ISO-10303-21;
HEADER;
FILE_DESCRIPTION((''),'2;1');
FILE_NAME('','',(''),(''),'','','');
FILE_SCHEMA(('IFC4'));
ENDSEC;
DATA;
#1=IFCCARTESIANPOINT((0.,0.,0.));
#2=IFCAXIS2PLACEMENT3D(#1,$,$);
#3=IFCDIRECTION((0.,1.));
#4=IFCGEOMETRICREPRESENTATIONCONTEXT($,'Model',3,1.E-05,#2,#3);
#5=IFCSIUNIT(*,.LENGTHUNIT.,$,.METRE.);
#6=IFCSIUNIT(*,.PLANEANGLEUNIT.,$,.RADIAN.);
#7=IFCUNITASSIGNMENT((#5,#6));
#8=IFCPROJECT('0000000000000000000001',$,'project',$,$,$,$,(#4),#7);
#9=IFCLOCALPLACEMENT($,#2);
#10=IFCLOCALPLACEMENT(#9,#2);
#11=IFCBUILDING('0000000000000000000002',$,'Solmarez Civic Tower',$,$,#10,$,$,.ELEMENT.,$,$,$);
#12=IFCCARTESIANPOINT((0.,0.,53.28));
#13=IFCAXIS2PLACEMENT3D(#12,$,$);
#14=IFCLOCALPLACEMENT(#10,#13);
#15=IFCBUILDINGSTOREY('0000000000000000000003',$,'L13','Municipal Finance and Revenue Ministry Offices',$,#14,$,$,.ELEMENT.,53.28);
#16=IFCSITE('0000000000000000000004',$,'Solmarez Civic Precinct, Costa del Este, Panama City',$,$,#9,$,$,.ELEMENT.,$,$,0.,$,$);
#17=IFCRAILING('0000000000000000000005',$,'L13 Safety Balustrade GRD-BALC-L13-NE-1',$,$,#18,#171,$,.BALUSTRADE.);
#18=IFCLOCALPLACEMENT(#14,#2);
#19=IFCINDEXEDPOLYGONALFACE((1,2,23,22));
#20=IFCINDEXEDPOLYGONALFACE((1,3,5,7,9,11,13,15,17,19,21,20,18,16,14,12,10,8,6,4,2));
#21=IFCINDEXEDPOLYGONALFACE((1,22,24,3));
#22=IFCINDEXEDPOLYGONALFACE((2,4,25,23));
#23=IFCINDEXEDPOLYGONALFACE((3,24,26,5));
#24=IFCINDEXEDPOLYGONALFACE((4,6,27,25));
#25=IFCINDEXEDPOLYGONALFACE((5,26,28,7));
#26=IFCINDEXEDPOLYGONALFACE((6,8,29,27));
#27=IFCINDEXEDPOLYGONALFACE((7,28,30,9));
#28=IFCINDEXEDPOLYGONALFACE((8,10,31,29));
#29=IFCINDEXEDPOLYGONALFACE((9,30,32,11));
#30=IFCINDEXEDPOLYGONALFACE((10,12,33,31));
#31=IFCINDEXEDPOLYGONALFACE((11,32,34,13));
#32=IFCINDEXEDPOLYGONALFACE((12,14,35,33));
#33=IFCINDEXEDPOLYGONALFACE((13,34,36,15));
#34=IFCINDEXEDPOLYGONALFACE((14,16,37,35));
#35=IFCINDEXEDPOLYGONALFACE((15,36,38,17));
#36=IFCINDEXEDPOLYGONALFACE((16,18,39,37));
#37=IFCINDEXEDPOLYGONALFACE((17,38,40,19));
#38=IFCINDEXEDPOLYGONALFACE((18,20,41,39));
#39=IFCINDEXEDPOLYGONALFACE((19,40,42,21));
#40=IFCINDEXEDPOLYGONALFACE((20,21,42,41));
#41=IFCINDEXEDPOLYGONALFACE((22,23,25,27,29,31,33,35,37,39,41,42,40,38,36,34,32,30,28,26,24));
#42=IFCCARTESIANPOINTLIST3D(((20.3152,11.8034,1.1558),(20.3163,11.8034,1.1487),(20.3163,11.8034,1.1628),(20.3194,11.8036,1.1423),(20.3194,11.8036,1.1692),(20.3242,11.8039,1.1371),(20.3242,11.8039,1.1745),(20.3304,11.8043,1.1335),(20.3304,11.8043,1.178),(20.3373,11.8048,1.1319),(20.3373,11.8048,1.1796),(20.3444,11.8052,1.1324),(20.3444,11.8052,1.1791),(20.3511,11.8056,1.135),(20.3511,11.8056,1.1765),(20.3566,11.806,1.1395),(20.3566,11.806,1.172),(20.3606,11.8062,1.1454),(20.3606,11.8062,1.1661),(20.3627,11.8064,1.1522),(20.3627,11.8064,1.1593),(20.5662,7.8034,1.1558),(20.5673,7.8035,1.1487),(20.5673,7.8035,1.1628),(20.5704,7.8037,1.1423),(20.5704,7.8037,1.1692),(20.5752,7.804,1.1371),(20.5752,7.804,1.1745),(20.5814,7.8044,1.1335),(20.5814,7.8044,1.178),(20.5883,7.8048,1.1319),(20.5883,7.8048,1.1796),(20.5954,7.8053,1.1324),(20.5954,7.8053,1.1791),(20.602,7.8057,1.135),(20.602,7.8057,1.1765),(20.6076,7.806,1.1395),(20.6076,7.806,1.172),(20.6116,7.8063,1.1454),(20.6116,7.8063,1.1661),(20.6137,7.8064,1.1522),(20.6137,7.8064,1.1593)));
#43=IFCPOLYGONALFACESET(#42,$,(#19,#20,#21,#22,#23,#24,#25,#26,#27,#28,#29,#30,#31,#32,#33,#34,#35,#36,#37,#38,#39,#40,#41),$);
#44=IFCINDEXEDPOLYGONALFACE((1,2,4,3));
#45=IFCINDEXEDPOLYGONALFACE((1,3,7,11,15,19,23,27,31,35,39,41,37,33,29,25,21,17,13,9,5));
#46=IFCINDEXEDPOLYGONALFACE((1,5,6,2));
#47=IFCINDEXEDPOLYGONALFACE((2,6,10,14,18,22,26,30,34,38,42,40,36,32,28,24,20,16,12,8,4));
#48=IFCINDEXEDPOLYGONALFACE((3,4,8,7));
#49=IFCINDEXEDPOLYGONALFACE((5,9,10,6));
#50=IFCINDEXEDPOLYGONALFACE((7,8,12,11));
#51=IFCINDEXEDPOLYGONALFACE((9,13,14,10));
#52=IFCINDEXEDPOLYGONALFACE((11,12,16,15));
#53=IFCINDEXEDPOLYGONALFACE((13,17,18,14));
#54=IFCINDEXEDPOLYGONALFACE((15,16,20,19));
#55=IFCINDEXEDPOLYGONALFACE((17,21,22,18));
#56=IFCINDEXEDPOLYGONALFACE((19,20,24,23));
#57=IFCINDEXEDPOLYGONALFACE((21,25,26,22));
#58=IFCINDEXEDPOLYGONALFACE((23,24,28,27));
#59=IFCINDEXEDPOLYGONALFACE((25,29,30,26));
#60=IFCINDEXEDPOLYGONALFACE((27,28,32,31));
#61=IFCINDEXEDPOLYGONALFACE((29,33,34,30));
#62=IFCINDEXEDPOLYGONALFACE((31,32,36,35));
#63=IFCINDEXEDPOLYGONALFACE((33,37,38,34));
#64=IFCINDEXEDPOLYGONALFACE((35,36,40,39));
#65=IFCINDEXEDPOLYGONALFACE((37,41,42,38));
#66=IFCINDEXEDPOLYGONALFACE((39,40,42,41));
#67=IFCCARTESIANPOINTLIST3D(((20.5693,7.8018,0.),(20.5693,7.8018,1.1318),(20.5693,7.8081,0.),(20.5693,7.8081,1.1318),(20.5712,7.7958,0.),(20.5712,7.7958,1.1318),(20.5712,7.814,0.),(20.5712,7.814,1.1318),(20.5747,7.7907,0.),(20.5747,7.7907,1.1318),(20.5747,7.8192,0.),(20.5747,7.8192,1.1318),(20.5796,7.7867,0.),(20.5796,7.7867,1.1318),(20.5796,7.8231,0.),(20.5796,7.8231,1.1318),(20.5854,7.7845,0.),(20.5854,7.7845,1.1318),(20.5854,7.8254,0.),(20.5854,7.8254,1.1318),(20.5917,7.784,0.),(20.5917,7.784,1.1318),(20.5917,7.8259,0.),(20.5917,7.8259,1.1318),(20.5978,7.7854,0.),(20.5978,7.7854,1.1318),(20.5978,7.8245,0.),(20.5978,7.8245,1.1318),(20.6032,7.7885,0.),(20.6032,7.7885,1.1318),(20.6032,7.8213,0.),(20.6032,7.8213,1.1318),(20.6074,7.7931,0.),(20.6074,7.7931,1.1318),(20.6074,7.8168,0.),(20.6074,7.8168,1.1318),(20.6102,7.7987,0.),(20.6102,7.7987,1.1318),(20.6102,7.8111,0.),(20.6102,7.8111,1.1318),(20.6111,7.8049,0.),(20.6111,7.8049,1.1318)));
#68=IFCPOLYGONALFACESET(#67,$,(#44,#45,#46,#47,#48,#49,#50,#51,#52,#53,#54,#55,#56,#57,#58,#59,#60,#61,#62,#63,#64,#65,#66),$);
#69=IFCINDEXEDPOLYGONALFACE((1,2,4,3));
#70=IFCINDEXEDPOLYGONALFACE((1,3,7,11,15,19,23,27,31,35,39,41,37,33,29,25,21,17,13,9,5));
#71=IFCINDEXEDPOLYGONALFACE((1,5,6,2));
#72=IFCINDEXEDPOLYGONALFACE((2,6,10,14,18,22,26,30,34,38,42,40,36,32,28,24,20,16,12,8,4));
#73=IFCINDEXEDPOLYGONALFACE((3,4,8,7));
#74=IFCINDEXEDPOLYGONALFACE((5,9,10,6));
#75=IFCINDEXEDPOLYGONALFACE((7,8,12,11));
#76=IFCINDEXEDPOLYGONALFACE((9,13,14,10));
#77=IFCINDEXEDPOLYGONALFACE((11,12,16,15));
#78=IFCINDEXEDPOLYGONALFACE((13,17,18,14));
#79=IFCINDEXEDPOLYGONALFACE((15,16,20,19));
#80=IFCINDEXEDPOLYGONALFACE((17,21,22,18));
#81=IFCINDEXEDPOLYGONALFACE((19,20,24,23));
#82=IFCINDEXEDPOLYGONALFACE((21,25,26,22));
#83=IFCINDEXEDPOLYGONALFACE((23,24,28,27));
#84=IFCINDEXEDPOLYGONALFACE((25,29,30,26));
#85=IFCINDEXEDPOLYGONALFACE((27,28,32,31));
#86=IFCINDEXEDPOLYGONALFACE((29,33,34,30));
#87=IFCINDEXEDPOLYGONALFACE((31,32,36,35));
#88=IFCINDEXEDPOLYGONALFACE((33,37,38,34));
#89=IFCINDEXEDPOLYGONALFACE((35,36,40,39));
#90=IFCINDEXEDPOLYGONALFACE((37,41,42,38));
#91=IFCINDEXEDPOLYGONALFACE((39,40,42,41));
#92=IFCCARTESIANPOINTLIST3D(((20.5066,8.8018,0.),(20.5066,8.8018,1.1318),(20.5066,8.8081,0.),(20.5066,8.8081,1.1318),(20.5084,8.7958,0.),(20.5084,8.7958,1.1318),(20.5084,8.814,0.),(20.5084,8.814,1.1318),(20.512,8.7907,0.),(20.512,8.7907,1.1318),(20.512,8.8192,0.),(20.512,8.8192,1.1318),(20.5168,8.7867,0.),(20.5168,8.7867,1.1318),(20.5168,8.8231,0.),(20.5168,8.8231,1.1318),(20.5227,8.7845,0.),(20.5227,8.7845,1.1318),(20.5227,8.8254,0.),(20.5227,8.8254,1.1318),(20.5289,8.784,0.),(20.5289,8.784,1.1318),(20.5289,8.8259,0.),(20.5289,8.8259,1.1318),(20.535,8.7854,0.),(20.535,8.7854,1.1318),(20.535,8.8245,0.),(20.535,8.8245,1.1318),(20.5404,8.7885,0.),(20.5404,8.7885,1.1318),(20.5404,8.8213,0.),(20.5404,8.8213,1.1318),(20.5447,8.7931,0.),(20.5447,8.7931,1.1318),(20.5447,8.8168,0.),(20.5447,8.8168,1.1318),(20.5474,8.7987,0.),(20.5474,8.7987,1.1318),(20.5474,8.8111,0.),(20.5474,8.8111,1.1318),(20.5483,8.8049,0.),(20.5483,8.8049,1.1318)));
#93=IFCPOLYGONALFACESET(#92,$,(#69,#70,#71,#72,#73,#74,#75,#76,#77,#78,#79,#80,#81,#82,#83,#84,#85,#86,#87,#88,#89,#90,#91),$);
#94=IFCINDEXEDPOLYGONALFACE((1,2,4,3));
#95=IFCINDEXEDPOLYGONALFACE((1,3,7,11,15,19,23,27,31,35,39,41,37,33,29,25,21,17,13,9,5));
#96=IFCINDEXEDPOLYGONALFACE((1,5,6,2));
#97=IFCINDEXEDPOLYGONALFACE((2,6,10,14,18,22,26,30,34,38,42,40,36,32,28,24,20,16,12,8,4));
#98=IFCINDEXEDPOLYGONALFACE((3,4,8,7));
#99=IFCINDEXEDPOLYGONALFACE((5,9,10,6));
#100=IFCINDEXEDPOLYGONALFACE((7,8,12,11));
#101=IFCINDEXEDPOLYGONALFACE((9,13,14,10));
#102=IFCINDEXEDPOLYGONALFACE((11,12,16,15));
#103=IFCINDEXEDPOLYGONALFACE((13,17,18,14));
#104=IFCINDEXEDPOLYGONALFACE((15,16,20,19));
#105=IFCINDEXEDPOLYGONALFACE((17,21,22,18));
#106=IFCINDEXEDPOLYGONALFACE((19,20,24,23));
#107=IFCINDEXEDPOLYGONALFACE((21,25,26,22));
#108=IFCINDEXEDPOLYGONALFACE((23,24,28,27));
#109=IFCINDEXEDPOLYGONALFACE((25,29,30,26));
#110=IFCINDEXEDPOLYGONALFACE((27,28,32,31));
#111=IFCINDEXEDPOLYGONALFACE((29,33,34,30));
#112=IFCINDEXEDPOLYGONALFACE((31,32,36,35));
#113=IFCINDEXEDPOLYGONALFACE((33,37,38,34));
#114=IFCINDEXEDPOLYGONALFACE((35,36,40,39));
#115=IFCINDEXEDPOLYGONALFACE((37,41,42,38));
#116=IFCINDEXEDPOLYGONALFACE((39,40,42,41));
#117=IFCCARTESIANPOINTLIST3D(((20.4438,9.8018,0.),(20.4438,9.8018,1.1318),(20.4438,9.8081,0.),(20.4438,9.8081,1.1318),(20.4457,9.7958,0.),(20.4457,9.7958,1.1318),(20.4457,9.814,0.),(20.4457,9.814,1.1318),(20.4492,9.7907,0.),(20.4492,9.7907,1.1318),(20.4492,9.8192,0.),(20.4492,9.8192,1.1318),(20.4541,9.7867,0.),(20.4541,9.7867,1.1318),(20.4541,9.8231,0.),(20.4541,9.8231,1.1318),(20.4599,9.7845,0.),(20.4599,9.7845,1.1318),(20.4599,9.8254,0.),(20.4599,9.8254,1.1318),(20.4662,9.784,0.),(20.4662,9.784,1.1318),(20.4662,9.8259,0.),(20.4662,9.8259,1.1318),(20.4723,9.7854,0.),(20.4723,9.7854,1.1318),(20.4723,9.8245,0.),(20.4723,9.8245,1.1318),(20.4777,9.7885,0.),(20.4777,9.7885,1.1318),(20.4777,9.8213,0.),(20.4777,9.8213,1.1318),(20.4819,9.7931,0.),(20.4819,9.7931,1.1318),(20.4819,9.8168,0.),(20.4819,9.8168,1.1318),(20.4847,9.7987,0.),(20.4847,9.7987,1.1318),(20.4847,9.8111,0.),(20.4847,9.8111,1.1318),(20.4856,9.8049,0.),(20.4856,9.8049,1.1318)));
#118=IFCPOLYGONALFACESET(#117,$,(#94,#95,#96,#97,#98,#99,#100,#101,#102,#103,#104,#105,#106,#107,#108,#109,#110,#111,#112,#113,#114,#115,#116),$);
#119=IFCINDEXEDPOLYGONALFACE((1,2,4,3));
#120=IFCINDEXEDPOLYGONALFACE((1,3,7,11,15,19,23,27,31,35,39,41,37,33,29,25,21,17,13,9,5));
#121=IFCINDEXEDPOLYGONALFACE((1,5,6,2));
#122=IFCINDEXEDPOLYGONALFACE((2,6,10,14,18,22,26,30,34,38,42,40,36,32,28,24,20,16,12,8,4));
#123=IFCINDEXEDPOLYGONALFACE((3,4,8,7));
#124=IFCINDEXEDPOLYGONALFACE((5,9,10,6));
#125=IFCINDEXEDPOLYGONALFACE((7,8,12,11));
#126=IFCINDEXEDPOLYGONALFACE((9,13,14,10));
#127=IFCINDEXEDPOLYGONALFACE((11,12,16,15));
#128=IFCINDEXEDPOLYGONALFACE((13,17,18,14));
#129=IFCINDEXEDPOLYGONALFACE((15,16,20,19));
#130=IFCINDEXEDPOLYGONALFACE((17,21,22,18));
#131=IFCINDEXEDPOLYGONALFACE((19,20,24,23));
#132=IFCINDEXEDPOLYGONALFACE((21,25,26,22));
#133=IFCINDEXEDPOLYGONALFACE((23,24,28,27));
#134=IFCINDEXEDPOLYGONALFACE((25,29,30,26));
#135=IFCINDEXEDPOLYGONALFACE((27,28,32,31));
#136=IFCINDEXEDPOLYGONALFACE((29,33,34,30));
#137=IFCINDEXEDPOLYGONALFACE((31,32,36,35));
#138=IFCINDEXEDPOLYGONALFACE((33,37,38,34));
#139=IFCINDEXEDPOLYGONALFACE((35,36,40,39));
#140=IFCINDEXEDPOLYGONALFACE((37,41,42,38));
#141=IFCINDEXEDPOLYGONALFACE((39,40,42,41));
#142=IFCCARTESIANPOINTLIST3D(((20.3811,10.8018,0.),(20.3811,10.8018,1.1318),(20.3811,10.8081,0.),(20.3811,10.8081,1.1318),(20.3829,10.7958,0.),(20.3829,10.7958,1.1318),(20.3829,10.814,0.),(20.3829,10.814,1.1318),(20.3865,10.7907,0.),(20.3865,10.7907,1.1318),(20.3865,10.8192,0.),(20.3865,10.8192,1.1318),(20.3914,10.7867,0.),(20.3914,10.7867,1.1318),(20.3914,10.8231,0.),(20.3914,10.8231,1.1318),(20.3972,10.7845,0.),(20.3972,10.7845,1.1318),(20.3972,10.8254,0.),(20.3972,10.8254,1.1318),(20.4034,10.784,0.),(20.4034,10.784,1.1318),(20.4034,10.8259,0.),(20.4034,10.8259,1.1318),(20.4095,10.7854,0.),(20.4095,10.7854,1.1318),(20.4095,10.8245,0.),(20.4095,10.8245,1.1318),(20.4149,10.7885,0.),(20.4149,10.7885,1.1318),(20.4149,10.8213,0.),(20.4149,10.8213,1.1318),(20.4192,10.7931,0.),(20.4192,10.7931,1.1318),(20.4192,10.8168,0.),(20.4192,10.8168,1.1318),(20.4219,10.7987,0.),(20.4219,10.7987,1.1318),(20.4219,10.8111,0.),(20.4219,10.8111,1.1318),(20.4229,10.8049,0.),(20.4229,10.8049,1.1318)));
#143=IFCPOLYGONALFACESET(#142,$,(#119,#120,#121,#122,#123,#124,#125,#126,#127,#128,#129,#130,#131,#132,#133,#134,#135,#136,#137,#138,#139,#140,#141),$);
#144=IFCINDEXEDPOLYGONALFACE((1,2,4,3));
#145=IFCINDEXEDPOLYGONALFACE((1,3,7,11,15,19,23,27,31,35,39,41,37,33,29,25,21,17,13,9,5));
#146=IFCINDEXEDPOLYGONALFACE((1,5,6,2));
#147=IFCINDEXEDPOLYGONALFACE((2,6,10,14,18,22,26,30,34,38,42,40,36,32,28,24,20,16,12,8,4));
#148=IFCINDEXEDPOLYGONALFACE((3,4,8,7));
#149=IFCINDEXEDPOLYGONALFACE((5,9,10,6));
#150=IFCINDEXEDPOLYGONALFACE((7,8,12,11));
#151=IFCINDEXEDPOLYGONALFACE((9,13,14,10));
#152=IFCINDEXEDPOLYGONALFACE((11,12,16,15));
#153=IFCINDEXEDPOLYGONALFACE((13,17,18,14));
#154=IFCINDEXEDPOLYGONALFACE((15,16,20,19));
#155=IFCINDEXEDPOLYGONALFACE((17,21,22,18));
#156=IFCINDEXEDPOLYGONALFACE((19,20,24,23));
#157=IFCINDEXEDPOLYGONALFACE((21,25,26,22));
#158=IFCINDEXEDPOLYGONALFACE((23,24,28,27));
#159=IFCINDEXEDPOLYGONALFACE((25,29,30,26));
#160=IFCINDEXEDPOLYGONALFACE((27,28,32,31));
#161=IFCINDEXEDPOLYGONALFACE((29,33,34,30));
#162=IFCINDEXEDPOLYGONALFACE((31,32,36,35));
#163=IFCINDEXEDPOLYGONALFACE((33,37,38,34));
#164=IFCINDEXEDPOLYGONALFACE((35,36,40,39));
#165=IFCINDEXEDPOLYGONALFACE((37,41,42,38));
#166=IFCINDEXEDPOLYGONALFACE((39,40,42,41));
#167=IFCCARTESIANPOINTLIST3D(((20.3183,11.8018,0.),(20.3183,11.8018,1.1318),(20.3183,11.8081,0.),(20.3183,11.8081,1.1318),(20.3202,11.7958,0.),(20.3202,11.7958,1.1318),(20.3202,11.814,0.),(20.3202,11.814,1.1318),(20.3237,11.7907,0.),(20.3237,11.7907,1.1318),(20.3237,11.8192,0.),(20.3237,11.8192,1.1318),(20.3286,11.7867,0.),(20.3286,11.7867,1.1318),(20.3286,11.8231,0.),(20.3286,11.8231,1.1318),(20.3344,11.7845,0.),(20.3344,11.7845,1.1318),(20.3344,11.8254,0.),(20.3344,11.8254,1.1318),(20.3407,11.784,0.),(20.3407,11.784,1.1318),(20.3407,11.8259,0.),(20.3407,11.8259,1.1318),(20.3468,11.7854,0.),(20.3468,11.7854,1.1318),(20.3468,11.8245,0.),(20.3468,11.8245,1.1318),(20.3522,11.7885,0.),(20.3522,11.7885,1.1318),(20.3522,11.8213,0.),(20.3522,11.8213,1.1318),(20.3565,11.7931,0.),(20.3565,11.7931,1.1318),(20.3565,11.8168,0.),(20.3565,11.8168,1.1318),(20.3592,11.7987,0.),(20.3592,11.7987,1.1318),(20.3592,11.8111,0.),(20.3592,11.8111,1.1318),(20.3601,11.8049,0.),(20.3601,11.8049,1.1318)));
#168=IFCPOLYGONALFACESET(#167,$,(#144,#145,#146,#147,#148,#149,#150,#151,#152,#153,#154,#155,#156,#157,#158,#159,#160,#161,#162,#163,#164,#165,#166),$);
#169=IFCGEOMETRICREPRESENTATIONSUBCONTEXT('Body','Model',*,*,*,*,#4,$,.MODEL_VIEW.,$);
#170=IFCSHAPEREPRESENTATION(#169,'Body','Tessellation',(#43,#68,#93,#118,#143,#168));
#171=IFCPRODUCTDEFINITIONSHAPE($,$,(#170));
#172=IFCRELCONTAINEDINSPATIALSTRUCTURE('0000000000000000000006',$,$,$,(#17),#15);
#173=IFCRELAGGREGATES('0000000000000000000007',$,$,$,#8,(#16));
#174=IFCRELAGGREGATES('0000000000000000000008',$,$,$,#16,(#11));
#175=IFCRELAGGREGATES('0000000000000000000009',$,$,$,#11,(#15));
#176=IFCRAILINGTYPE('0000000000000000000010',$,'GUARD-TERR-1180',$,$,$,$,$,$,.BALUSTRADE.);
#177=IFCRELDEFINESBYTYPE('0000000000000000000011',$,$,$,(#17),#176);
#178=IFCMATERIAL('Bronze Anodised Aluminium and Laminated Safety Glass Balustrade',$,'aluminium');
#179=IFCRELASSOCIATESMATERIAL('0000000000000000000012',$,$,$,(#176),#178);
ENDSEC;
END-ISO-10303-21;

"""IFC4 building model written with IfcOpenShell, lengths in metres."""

from ifc_helpers import new_model, si_unit, direction, frame, origin, origin_2d, place, context, subcontext, project, spatial, circle, extrude, material, type_object, element, save


model = new_model("IFC4")

# Units and contexts
model_context = context("Model", 3, precision=1e-05, world=origin(), true_north=direction((0.0, 1.0)))
body_context = subcontext(model_context, "Body", "Model", "MODEL_VIEW")
ifc_project = project(units=[si_unit("LENGTHUNIT", "METRE"), si_unit("PLANEANGLEUNIT", "RADIAN")], contexts=[model_context])

# Site, building, storey
site_placement = place(None, origin())
site = spatial("IfcSite", under=ifc_project, at=site_placement, Name="Solmarez Civic Precinct, Costa del Este, Panama City", CompositionType="ELEMENT", RefElevation=0.0)
building_placement = place(site_placement, origin())
building = spatial("IfcBuilding", under=site, at=building_placement, Name="Solmarez Civic Tower", CompositionType="ELEMENT")
storey_placement = place(building_placement, frame((0.0, 0.0, 53.28)))
storey = spatial("IfcBuildingStorey", under=building, at=storey_placement, Name="L13", Description="Municipal Finance and Revenue Ministry Offices", CompositionType="ELEMENT", Elevation=53.28)

# Railing
ifc_material_1 = material(Name="Bronze Anodised Aluminium and Laminated Safety Glass Balustrade", Category="aluminium")
railing_type = type_object("IfcRailingType", Name="GUARD-TERR-1180", PredefinedType="BALUSTRADE", material=ifc_material_1)
railing_1_placement = place(storey_placement, frame((20.5901, 7.8049, 0.0)))
element("IfcRailing", 1, at=railing_1_placement, inside=storey, type_object=railing_type, Name="L13 Safety Balustrade GRD-BALC-L13-NE-1", PredefinedType="BALUSTRADE", context=body_context, shape_type="SweptSolid", body=[
    extrude(circle(Radius=0.0239, at=origin_2d()), frame((0.0, 0.0, 1.1558), z_axis=(-0.062621, 0.998037, 0.0), x_axis=(-0.998037, -0.062621, 0.0)), (0.0, 0.0, 1.0), 4.0078),
    extrude(circle(Radius=0.021, at=origin_2d()), origin(), (0.0, 0.0, 1.0), 1.1318),
    extrude(circle(Radius=0.021, at=origin_2d()), frame((-0.0627, 1.0, 0.0)), (0.0, 0.0, 1.0), 1.1318),
    extrude(circle(Radius=0.021, at=origin_2d()), frame((-0.1255, 2.0, 0.0)), (0.0, 0.0, 1.0), 1.1318),
    extrude(circle(Radius=0.021, at=origin_2d()), frame((-0.1882, 3.0, 0.0)), (0.0, 0.0, 1.0), 1.1318),
    extrude(circle(Radius=0.021, at=origin_2d()), frame((-0.251, 4.0, 0.0)), (0.0, 0.0, 1.0), 1.1318),
])

save(model, "model.ifc")
